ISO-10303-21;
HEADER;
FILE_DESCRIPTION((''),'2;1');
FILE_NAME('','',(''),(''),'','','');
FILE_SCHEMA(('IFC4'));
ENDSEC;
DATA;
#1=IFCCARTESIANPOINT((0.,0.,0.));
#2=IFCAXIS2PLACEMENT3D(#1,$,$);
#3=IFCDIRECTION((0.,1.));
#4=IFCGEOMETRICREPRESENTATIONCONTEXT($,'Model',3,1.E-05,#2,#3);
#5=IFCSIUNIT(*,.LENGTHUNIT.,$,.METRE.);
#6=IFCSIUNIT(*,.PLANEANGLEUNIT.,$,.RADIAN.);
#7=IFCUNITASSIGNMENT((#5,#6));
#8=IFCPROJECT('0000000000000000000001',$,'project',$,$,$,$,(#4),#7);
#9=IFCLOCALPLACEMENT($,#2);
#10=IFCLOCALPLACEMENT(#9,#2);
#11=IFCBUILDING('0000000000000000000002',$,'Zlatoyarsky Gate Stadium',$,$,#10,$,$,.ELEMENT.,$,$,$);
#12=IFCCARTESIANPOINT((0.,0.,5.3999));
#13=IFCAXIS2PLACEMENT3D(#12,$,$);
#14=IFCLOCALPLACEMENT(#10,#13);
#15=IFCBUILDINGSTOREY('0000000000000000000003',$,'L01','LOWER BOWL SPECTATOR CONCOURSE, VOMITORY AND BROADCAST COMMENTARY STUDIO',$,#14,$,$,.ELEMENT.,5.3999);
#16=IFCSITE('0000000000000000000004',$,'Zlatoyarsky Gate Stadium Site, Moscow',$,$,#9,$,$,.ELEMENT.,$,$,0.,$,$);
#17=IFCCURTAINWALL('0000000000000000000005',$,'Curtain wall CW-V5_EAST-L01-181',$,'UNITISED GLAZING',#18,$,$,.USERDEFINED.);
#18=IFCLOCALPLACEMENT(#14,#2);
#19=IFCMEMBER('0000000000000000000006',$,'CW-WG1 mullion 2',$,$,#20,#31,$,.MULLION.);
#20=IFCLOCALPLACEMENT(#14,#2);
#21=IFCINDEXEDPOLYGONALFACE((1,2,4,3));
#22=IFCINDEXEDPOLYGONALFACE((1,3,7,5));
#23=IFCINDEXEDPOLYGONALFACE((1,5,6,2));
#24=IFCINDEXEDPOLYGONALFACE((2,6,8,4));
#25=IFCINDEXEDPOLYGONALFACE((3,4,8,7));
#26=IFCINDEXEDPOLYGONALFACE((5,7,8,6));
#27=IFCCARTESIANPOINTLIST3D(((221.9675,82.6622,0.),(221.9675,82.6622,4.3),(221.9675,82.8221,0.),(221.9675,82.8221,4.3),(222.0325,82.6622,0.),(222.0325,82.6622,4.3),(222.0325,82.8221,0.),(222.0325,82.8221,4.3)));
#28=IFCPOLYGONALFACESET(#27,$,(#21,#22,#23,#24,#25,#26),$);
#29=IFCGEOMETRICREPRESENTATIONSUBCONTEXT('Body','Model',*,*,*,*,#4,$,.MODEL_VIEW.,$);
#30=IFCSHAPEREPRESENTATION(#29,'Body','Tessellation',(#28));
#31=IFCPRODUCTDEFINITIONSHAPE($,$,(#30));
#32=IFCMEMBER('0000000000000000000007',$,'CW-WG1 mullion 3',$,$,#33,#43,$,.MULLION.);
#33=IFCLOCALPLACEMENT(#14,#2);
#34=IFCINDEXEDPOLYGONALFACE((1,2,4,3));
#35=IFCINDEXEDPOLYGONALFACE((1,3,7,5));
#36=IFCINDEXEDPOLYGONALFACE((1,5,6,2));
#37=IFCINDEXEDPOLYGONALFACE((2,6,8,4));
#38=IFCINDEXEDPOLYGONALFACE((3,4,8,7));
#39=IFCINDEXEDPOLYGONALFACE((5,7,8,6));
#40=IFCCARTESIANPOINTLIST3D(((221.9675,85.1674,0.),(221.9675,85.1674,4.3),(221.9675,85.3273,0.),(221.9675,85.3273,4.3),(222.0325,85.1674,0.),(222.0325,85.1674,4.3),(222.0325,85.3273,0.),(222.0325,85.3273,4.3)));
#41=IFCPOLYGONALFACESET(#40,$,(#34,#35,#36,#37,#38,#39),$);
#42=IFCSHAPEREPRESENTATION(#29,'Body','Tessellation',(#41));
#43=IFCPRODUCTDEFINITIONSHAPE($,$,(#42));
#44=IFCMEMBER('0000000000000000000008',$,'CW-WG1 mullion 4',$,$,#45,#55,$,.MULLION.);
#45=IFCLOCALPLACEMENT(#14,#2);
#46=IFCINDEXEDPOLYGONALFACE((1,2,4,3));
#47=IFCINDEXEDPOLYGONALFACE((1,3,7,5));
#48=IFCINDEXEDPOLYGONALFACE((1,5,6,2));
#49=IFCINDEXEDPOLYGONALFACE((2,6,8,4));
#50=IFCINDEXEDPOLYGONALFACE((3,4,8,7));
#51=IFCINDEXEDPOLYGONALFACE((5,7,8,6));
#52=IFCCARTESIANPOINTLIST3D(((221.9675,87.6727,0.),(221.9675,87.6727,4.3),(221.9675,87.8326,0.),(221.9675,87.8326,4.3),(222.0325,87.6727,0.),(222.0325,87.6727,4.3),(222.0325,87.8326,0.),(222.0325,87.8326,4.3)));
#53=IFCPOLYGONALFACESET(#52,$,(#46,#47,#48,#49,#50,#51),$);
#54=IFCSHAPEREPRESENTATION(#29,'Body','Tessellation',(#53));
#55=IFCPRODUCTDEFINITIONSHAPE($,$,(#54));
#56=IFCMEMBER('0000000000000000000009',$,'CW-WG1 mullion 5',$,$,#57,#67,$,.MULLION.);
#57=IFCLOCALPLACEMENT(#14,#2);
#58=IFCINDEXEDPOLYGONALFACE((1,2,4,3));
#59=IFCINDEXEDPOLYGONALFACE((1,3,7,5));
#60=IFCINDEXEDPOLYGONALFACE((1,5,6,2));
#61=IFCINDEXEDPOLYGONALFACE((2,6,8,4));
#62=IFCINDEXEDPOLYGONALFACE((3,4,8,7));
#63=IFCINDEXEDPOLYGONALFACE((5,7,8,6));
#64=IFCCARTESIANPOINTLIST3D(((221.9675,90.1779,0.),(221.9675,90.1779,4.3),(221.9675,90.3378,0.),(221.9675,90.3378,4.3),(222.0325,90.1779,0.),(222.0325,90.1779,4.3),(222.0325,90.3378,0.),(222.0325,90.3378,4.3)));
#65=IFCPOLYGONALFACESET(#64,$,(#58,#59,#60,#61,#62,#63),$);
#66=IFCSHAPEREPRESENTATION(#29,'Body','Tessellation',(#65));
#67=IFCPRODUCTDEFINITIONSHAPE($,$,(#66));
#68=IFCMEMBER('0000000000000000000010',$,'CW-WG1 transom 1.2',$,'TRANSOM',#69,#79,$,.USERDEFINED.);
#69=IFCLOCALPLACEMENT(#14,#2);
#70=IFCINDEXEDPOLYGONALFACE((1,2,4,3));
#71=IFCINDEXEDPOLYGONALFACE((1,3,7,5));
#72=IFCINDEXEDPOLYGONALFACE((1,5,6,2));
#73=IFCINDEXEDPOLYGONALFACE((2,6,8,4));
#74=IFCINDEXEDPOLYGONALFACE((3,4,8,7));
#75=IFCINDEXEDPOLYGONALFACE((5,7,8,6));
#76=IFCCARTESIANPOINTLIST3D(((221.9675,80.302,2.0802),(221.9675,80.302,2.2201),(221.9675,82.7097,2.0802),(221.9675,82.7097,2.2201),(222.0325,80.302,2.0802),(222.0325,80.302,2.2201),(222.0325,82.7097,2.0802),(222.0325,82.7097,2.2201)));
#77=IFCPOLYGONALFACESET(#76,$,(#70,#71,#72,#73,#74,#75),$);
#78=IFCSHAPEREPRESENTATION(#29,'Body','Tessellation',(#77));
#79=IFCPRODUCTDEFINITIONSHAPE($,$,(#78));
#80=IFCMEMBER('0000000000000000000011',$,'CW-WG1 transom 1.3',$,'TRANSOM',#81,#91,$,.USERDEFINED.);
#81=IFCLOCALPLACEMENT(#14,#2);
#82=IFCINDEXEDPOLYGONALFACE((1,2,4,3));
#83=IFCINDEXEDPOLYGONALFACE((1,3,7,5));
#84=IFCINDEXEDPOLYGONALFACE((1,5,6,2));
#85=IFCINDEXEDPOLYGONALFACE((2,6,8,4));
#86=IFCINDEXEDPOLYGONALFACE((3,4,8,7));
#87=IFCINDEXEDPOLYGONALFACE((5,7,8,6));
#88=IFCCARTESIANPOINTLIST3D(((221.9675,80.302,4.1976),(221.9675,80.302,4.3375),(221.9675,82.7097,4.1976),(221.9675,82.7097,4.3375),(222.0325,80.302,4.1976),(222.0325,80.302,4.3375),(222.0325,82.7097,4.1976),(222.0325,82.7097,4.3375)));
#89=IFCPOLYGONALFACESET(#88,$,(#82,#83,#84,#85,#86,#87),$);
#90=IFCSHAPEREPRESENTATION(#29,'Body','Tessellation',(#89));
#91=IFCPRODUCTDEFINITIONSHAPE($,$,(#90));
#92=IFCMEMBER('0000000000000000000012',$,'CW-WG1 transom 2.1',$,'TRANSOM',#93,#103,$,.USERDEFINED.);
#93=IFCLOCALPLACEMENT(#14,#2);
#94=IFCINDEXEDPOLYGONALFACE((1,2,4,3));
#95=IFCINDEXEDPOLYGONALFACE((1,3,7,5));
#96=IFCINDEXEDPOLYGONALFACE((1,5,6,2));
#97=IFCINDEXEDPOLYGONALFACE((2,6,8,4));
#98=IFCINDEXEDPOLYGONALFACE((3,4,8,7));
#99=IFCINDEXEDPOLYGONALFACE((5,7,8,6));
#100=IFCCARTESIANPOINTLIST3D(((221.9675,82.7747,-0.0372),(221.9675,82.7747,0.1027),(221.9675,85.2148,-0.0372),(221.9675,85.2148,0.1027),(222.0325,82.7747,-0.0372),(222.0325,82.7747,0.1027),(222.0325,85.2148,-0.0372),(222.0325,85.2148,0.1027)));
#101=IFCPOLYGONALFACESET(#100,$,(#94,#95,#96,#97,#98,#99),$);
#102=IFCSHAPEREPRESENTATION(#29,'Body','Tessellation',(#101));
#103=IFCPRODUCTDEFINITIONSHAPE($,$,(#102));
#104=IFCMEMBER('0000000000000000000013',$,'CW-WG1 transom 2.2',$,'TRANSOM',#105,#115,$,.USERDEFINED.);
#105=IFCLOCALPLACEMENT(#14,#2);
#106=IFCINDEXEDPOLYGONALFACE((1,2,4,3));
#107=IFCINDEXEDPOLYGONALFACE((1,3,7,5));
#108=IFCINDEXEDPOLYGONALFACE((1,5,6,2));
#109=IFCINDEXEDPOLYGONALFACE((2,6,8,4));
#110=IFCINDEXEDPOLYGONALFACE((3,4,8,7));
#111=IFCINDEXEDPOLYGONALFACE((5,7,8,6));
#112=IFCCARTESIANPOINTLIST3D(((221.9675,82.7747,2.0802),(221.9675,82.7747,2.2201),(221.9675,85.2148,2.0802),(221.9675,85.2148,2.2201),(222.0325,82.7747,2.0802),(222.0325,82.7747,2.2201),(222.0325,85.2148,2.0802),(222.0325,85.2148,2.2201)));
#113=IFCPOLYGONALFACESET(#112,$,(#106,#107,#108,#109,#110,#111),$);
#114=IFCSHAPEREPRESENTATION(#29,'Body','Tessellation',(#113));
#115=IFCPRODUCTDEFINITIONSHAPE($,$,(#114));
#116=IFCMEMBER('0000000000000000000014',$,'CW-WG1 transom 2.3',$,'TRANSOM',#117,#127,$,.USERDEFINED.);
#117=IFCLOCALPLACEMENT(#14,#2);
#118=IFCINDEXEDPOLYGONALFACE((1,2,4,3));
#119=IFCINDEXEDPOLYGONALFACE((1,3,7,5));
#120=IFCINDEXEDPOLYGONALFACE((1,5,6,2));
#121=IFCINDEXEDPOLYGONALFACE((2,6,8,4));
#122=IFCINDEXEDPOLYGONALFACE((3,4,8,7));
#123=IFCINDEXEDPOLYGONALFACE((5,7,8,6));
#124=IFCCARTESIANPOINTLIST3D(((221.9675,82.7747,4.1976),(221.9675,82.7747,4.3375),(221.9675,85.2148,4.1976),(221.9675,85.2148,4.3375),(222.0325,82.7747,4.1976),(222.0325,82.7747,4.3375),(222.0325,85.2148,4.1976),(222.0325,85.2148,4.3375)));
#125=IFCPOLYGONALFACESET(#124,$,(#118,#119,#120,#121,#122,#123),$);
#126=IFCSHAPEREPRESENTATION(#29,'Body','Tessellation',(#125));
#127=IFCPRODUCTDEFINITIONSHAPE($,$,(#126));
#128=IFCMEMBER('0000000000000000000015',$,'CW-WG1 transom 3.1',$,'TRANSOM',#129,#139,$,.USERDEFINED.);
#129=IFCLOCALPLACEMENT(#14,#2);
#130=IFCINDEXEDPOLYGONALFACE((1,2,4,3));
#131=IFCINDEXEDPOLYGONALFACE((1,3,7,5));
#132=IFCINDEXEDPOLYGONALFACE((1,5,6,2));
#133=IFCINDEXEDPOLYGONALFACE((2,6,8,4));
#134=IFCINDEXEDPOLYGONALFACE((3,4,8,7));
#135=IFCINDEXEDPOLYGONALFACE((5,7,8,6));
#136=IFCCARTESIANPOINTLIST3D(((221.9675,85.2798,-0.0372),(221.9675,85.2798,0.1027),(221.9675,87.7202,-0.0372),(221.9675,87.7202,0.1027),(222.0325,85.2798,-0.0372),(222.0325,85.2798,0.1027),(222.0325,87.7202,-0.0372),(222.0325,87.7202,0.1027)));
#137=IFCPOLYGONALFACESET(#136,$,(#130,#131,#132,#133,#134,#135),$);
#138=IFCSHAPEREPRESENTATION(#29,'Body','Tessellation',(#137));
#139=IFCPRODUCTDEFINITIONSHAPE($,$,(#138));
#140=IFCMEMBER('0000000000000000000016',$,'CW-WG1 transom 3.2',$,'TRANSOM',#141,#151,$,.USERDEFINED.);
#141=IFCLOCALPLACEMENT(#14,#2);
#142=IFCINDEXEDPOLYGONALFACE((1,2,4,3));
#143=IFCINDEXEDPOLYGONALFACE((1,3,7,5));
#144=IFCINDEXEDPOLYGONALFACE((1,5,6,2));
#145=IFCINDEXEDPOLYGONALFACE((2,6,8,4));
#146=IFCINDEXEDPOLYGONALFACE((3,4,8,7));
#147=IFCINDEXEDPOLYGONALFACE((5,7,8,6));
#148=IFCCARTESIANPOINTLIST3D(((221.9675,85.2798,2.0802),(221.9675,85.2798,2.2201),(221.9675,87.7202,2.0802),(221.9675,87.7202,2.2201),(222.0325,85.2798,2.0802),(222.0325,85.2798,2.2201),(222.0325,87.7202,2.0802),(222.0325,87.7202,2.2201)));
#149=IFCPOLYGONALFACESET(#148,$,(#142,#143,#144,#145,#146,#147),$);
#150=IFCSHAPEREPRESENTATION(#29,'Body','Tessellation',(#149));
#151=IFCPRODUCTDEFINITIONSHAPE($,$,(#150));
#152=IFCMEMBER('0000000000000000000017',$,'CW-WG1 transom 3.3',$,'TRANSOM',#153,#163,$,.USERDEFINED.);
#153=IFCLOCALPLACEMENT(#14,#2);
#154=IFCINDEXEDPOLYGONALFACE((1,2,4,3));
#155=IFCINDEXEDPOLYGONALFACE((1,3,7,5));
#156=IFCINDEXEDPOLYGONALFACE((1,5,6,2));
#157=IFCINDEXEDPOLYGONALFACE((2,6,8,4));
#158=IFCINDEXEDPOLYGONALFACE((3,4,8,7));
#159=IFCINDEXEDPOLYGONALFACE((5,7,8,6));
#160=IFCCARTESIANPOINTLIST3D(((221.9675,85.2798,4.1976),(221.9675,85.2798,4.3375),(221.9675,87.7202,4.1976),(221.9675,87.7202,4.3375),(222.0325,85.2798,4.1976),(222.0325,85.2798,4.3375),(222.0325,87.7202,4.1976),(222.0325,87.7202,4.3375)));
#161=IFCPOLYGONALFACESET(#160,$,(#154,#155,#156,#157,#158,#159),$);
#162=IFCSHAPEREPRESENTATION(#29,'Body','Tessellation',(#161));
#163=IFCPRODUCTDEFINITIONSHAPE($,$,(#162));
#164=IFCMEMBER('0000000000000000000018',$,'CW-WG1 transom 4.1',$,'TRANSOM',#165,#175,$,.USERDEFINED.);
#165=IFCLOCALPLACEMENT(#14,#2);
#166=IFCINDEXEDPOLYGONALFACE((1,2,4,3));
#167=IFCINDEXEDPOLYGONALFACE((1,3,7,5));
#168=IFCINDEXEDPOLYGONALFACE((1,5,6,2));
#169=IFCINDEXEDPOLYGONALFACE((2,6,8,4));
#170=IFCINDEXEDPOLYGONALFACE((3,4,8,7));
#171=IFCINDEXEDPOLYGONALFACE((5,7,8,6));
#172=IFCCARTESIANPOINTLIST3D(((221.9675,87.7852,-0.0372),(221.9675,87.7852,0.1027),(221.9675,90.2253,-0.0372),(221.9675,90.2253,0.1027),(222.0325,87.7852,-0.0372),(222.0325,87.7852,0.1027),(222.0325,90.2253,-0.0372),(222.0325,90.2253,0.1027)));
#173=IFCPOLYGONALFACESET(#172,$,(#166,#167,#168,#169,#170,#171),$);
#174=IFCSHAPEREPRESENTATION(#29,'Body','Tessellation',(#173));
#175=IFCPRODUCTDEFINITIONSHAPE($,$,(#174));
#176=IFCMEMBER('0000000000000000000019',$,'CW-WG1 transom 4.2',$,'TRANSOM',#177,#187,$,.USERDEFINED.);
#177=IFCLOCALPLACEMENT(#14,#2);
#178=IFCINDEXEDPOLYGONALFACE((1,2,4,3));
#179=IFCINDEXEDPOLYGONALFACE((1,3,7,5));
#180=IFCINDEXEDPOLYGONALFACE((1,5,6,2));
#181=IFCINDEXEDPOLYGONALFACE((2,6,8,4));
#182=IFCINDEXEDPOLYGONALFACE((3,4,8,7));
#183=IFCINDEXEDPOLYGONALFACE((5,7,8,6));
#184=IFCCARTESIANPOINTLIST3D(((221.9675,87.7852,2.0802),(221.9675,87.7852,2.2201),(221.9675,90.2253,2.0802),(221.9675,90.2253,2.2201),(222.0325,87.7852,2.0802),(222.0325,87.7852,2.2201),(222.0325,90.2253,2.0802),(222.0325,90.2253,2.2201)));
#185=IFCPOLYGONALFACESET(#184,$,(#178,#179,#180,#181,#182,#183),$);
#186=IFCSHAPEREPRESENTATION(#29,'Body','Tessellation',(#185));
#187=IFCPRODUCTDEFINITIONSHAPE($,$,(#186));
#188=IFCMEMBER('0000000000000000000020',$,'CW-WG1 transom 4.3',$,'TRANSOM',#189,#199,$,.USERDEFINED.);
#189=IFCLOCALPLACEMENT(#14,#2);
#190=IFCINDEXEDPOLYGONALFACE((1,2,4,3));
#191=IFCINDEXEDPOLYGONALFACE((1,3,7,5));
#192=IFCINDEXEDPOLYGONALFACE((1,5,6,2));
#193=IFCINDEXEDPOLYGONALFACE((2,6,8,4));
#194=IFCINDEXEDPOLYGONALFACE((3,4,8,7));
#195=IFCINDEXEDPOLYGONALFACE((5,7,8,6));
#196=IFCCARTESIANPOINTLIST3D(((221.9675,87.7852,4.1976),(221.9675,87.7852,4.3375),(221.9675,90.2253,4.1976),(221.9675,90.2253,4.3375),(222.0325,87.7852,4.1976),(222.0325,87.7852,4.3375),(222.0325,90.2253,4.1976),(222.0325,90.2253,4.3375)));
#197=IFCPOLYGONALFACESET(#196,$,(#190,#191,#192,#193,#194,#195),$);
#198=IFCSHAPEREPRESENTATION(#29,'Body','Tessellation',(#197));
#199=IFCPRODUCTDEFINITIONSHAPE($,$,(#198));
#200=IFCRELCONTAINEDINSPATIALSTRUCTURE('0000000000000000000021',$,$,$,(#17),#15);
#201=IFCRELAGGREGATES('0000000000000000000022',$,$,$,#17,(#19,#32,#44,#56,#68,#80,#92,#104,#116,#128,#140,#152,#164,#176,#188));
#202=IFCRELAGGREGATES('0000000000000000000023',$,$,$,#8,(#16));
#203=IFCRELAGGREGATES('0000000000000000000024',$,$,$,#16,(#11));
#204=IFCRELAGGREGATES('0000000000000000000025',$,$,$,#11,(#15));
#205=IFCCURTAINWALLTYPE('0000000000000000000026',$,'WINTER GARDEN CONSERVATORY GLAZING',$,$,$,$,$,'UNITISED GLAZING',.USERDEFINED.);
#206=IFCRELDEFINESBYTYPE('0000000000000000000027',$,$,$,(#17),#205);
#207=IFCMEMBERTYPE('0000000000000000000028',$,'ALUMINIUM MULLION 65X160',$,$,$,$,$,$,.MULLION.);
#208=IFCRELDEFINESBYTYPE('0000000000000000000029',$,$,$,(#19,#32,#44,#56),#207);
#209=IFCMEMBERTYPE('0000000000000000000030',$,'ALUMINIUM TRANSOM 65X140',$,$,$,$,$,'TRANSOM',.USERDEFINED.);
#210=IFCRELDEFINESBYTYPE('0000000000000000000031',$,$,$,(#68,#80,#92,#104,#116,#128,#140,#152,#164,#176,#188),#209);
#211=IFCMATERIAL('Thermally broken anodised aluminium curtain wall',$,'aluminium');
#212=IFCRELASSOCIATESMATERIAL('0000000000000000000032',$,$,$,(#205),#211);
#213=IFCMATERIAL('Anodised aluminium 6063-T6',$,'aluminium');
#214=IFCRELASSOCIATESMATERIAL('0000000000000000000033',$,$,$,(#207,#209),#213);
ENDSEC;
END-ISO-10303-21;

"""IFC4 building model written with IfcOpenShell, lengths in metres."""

from ifc_helpers import new_model, si_unit, direction, frame, origin, origin_2d, place, context, subcontext, project, spatial, rectangle, extrude, material, material_profile, profile_set, type_object, element, aggregate, save


model = new_model("IFC4")

# Units and contexts
model_context = context("Model", 3, precision=1e-05, world=origin(), true_north=direction((0.0, 1.0)))
body_context = subcontext(model_context, "Body", "Model", "MODEL_VIEW")
ifc_project = project(units=[si_unit("LENGTHUNIT", "METRE"), si_unit("PLANEANGLEUNIT", "RADIAN")], contexts=[model_context])

# Site, building, storey
site_placement = place(None, origin())
site = spatial("IfcSite", under=ifc_project, at=site_placement, Name="Zlatoyarsky Gate Stadium Site, Moscow", CompositionType="ELEMENT", RefElevation=0.0)
building_placement = place(site_placement, origin())
building = spatial("IfcBuilding", under=site, at=building_placement, Name="Zlatoyarsky Gate Stadium", CompositionType="ELEMENT")
storey_placement = place(building_placement, frame((0.0, 0.0, 5.3999)))
storey = spatial("IfcBuildingStorey", under=building, at=storey_placement, Name="L01", Description="LOWER BOWL SPECTATOR CONCOURSE, VOMITORY AND BROADCAST COMMENTARY STUDIO", CompositionType="ELEMENT", Elevation=5.3999)

# Curtain wall, members
ifc_material_1 = material(Name="Thermally broken anodised aluminium curtain wall", Category="aluminium")
curtain_wall_type = type_object("IfcCurtainWallType", Name="WINTER GARDEN CONSERVATORY GLAZING", ElementType="UNITISED GLAZING", PredefinedType="USERDEFINED", material=ifc_material_1)
curtain_wall_placement = place(storey_placement, origin())
curtain_wall = element("IfcCurtainWall", 1, at=curtain_wall_placement, inside=storey, type_object=curtain_wall_type, Name="Curtain wall CW-V5_EAST-L01-181", ObjectType="UNITISED GLAZING", PredefinedType="USERDEFINED")
ifc_material_2 = material(Name="Anodised aluminium 6063-T6", Category="aluminium")
ifc_material_profile_1 = material_profile(ifc_material_2, rectangle(XDim=0.0649, YDim=0.1599, at=origin_2d()), Name="ALU 65X160")
ifc_profile_set_1 = profile_set([ifc_material_profile_1], Name="Anodised aluminium 6063-T6")
member_type_1 = type_object("IfcMemberType", Name="ALUMINIUM MULLION 65X160", PredefinedType="MULLION", material=ifc_profile_set_1)
member_1_placement = place(storey_placement, frame((222.0, 82.7422, 0.0), z_axis=(0.0, 0.0, 1.0), x_axis=(-1.0, 0.0, 0.0)))
member_1 = element("IfcMember", 2, at=member_1_placement, type_object=member_type_1, Name="CW-WG1 mullion 2", PredefinedType="MULLION", context=body_context, shape_type="SweptSolid", body=[
    extrude(rectangle(XDim=0.0649, YDim=0.1599, at=origin_2d()), origin(), (0.0, 0.0, 1.0), 4.3),
])
member_2_placement = place(storey_placement, frame((222.0, 85.2473, 0.0), z_axis=(0.0, 0.0, 1.0), x_axis=(-1.0, 0.0, 0.0)))
member_2 = element("IfcMember", 3, at=member_2_placement, type_object=member_type_1, Name="CW-WG1 mullion 3", PredefinedType="MULLION", context=body_context, shape_type="SweptSolid", body=[
    extrude(rectangle(XDim=0.0649, YDim=0.1599, at=origin_2d()), origin(), (0.0, 0.0, 1.0), 4.3),
])
member_3_placement = place(storey_placement, frame((222.0, 87.7527, 0.0), z_axis=(0.0, 0.0, 1.0), x_axis=(-1.0, 0.0, 0.0)))
member_3 = element("IfcMember", 4, at=member_3_placement, type_object=member_type_1, Name="CW-WG1 mullion 4", PredefinedType="MULLION", context=body_context, shape_type="SweptSolid", body=[
    extrude(rectangle(XDim=0.0649, YDim=0.1599, at=origin_2d()), origin(), (0.0, 0.0, 1.0), 4.3),
])
member_4_placement = place(storey_placement, frame((222.0, 90.2578, 0.0), z_axis=(0.0, 0.0, 1.0), x_axis=(-1.0, 0.0, 0.0)))
member_4 = element("IfcMember", 5, at=member_4_placement, type_object=member_type_1, Name="CW-WG1 mullion 5", PredefinedType="MULLION", context=body_context, shape_type="SweptSolid", body=[
    extrude(rectangle(XDim=0.0649, YDim=0.1599, at=origin_2d()), origin(), (0.0, 0.0, 1.0), 4.3),
])
ifc_material_profile_2 = material_profile(ifc_material_2, rectangle(XDim=0.0649, YDim=0.1399, at=origin_2d()), Name="ALU 65X140")
ifc_profile_set_2 = profile_set([ifc_material_profile_2], Name="Anodised aluminium 6063-T6")
member_type_2 = type_object("IfcMemberType", Name="ALUMINIUM TRANSOM 65X140", ElementType="TRANSOM", PredefinedType="USERDEFINED", material=ifc_profile_set_2)
member_5_placement = place(storey_placement, frame((222.0, 80.302, 2.1501), z_axis=(0.0, 1.0, 0.0), x_axis=(-1.0, 0.0, 0.0)))
member_5 = element("IfcMember", 6, at=member_5_placement, type_object=member_type_2, Name="CW-WG1 transom 1.2", ObjectType="TRANSOM", PredefinedType="USERDEFINED", context=body_context, shape_type="SweptSolid", body=[
    extrude(rectangle(XDim=0.0649, YDim=0.1399, at=origin_2d()), origin(), (0.0, 0.0, 1.0), 2.4077),
])
member_6_placement = place(storey_placement, frame((222.0, 80.302, 4.2676), z_axis=(0.0, 1.0, 0.0), x_axis=(-1.0, 0.0, 0.0)))
member_6 = element("IfcMember", 7, at=member_6_placement, type_object=member_type_2, Name="CW-WG1 transom 1.3", ObjectType="TRANSOM", PredefinedType="USERDEFINED", context=body_context, shape_type="SweptSolid", body=[
    extrude(rectangle(XDim=0.0649, YDim=0.1399, at=origin_2d()), origin(), (0.0, 0.0, 1.0), 2.4077),
])
member_7_placement = place(storey_placement, frame((222.0, 82.7747, 0.0327), z_axis=(0.0, 1.0, 0.0), x_axis=(-1.0, 0.0, 0.0)))
member_7 = element("IfcMember", 8, at=member_7_placement, type_object=member_type_2, Name="CW-WG1 transom 2.1", ObjectType="TRANSOM", PredefinedType="USERDEFINED", context=body_context, shape_type="SweptSolid", body=[
    extrude(rectangle(XDim=0.0649, YDim=0.1399, at=origin_2d()), origin(), (0.0, 0.0, 1.0), 2.4402),
])
member_8_placement = place(storey_placement, frame((222.0, 82.7747, 2.1501), z_axis=(0.0, 1.0, 0.0), x_axis=(-1.0, 0.0, 0.0)))
member_8 = element("IfcMember", 9, at=member_8_placement, type_object=member_type_2, Name="CW-WG1 transom 2.2", ObjectType="TRANSOM", PredefinedType="USERDEFINED", context=body_context, shape_type="SweptSolid", body=[
    extrude(rectangle(XDim=0.0649, YDim=0.1399, at=origin_2d()), origin(), (0.0, 0.0, 1.0), 2.4402),
])
member_9_placement = place(storey_placement, frame((222.0, 82.7747, 4.2676), z_axis=(0.0, 1.0, 0.0), x_axis=(-1.0, 0.0, 0.0)))
member_9 = element("IfcMember", 10, at=member_9_placement, type_object=member_type_2, Name="CW-WG1 transom 2.3", ObjectType="TRANSOM", PredefinedType="USERDEFINED", context=body_context, shape_type="SweptSolid", body=[
    extrude(rectangle(XDim=0.0649, YDim=0.1399, at=origin_2d()), origin(), (0.0, 0.0, 1.0), 2.4402),
])
member_10_placement = place(storey_placement, frame((222.0, 85.2798, 0.0327), z_axis=(0.0, 1.0, 0.0), x_axis=(-1.0, 0.0, 0.0)))
member_10 = element("IfcMember", 11, at=member_10_placement, type_object=member_type_2, Name="CW-WG1 transom 3.1", ObjectType="TRANSOM", PredefinedType="USERDEFINED", context=body_context, shape_type="SweptSolid", body=[
    extrude(rectangle(XDim=0.0649, YDim=0.1399, at=origin_2d()), origin(), (0.0, 0.0, 1.0), 2.4404),
])
member_11_placement = place(storey_placement, frame((222.0, 85.2798, 2.1501), z_axis=(0.0, 1.0, 0.0), x_axis=(-1.0, 0.0, 0.0)))
member_11 = element("IfcMember", 12, at=member_11_placement, type_object=member_type_2, Name="CW-WG1 transom 3.2", ObjectType="TRANSOM", PredefinedType="USERDEFINED", context=body_context, shape_type="SweptSolid", body=[
    extrude(rectangle(XDim=0.0649, YDim=0.1399, at=origin_2d()), origin(), (0.0, 0.0, 1.0), 2.4404),
])
member_12_placement = place(storey_placement, frame((222.0, 85.2798, 4.2676), z_axis=(0.0, 1.0, 0.0), x_axis=(-1.0, 0.0, 0.0)))
member_12 = element("IfcMember", 13, at=member_12_placement, type_object=member_type_2, Name="CW-WG1 transom 3.3", ObjectType="TRANSOM", PredefinedType="USERDEFINED", context=body_context, shape_type="SweptSolid", body=[
    extrude(rectangle(XDim=0.0649, YDim=0.1399, at=origin_2d()), origin(), (0.0, 0.0, 1.0), 2.4404),
])
member_13_placement = place(storey_placement, frame((222.0, 87.7852, 0.0327), z_axis=(0.0, 1.0, 0.0), x_axis=(-1.0, 0.0, 0.0)))
member_13 = element("IfcMember", 14, at=member_13_placement, type_object=member_type_2, Name="CW-WG1 transom 4.1", ObjectType="TRANSOM", PredefinedType="USERDEFINED", context=body_context, shape_type="SweptSolid", body=[
    extrude(rectangle(XDim=0.0649, YDim=0.1399, at=origin_2d()), origin(), (0.0, 0.0, 1.0), 2.4402),
])
member_14_placement = place(storey_placement, frame((222.0, 87.7852, 2.1501), z_axis=(0.0, 1.0, 0.0), x_axis=(-1.0, 0.0, 0.0)))
member_14 = element("IfcMember", 15, at=member_14_placement, type_object=member_type_2, Name="CW-WG1 transom 4.2", ObjectType="TRANSOM", PredefinedType="USERDEFINED", context=body_context, shape_type="SweptSolid", body=[
    extrude(rectangle(XDim=0.0649, YDim=0.1399, at=origin_2d()), origin(), (0.0, 0.0, 1.0), 2.4402),
])
member_15_placement = place(storey_placement, frame((222.0, 87.7852, 4.2676), z_axis=(0.0, 1.0, 0.0), x_axis=(-1.0, 0.0, 0.0)))
member_15 = element("IfcMember", 16, at=member_15_placement, type_object=member_type_2, Name="CW-WG1 transom 4.3", ObjectType="TRANSOM", PredefinedType="USERDEFINED", context=body_context, shape_type="SweptSolid", body=[
    extrude(rectangle(XDim=0.0649, YDim=0.1399, at=origin_2d()), origin(), (0.0, 0.0, 1.0), 2.4402),
])
aggregate(curtain_wall, [member_1, member_2, member_3, member_4, member_5, member_6, member_7, member_8, member_9, member_10, member_11, member_12, member_13, member_14, member_15])

save(model, "model.ifc")
